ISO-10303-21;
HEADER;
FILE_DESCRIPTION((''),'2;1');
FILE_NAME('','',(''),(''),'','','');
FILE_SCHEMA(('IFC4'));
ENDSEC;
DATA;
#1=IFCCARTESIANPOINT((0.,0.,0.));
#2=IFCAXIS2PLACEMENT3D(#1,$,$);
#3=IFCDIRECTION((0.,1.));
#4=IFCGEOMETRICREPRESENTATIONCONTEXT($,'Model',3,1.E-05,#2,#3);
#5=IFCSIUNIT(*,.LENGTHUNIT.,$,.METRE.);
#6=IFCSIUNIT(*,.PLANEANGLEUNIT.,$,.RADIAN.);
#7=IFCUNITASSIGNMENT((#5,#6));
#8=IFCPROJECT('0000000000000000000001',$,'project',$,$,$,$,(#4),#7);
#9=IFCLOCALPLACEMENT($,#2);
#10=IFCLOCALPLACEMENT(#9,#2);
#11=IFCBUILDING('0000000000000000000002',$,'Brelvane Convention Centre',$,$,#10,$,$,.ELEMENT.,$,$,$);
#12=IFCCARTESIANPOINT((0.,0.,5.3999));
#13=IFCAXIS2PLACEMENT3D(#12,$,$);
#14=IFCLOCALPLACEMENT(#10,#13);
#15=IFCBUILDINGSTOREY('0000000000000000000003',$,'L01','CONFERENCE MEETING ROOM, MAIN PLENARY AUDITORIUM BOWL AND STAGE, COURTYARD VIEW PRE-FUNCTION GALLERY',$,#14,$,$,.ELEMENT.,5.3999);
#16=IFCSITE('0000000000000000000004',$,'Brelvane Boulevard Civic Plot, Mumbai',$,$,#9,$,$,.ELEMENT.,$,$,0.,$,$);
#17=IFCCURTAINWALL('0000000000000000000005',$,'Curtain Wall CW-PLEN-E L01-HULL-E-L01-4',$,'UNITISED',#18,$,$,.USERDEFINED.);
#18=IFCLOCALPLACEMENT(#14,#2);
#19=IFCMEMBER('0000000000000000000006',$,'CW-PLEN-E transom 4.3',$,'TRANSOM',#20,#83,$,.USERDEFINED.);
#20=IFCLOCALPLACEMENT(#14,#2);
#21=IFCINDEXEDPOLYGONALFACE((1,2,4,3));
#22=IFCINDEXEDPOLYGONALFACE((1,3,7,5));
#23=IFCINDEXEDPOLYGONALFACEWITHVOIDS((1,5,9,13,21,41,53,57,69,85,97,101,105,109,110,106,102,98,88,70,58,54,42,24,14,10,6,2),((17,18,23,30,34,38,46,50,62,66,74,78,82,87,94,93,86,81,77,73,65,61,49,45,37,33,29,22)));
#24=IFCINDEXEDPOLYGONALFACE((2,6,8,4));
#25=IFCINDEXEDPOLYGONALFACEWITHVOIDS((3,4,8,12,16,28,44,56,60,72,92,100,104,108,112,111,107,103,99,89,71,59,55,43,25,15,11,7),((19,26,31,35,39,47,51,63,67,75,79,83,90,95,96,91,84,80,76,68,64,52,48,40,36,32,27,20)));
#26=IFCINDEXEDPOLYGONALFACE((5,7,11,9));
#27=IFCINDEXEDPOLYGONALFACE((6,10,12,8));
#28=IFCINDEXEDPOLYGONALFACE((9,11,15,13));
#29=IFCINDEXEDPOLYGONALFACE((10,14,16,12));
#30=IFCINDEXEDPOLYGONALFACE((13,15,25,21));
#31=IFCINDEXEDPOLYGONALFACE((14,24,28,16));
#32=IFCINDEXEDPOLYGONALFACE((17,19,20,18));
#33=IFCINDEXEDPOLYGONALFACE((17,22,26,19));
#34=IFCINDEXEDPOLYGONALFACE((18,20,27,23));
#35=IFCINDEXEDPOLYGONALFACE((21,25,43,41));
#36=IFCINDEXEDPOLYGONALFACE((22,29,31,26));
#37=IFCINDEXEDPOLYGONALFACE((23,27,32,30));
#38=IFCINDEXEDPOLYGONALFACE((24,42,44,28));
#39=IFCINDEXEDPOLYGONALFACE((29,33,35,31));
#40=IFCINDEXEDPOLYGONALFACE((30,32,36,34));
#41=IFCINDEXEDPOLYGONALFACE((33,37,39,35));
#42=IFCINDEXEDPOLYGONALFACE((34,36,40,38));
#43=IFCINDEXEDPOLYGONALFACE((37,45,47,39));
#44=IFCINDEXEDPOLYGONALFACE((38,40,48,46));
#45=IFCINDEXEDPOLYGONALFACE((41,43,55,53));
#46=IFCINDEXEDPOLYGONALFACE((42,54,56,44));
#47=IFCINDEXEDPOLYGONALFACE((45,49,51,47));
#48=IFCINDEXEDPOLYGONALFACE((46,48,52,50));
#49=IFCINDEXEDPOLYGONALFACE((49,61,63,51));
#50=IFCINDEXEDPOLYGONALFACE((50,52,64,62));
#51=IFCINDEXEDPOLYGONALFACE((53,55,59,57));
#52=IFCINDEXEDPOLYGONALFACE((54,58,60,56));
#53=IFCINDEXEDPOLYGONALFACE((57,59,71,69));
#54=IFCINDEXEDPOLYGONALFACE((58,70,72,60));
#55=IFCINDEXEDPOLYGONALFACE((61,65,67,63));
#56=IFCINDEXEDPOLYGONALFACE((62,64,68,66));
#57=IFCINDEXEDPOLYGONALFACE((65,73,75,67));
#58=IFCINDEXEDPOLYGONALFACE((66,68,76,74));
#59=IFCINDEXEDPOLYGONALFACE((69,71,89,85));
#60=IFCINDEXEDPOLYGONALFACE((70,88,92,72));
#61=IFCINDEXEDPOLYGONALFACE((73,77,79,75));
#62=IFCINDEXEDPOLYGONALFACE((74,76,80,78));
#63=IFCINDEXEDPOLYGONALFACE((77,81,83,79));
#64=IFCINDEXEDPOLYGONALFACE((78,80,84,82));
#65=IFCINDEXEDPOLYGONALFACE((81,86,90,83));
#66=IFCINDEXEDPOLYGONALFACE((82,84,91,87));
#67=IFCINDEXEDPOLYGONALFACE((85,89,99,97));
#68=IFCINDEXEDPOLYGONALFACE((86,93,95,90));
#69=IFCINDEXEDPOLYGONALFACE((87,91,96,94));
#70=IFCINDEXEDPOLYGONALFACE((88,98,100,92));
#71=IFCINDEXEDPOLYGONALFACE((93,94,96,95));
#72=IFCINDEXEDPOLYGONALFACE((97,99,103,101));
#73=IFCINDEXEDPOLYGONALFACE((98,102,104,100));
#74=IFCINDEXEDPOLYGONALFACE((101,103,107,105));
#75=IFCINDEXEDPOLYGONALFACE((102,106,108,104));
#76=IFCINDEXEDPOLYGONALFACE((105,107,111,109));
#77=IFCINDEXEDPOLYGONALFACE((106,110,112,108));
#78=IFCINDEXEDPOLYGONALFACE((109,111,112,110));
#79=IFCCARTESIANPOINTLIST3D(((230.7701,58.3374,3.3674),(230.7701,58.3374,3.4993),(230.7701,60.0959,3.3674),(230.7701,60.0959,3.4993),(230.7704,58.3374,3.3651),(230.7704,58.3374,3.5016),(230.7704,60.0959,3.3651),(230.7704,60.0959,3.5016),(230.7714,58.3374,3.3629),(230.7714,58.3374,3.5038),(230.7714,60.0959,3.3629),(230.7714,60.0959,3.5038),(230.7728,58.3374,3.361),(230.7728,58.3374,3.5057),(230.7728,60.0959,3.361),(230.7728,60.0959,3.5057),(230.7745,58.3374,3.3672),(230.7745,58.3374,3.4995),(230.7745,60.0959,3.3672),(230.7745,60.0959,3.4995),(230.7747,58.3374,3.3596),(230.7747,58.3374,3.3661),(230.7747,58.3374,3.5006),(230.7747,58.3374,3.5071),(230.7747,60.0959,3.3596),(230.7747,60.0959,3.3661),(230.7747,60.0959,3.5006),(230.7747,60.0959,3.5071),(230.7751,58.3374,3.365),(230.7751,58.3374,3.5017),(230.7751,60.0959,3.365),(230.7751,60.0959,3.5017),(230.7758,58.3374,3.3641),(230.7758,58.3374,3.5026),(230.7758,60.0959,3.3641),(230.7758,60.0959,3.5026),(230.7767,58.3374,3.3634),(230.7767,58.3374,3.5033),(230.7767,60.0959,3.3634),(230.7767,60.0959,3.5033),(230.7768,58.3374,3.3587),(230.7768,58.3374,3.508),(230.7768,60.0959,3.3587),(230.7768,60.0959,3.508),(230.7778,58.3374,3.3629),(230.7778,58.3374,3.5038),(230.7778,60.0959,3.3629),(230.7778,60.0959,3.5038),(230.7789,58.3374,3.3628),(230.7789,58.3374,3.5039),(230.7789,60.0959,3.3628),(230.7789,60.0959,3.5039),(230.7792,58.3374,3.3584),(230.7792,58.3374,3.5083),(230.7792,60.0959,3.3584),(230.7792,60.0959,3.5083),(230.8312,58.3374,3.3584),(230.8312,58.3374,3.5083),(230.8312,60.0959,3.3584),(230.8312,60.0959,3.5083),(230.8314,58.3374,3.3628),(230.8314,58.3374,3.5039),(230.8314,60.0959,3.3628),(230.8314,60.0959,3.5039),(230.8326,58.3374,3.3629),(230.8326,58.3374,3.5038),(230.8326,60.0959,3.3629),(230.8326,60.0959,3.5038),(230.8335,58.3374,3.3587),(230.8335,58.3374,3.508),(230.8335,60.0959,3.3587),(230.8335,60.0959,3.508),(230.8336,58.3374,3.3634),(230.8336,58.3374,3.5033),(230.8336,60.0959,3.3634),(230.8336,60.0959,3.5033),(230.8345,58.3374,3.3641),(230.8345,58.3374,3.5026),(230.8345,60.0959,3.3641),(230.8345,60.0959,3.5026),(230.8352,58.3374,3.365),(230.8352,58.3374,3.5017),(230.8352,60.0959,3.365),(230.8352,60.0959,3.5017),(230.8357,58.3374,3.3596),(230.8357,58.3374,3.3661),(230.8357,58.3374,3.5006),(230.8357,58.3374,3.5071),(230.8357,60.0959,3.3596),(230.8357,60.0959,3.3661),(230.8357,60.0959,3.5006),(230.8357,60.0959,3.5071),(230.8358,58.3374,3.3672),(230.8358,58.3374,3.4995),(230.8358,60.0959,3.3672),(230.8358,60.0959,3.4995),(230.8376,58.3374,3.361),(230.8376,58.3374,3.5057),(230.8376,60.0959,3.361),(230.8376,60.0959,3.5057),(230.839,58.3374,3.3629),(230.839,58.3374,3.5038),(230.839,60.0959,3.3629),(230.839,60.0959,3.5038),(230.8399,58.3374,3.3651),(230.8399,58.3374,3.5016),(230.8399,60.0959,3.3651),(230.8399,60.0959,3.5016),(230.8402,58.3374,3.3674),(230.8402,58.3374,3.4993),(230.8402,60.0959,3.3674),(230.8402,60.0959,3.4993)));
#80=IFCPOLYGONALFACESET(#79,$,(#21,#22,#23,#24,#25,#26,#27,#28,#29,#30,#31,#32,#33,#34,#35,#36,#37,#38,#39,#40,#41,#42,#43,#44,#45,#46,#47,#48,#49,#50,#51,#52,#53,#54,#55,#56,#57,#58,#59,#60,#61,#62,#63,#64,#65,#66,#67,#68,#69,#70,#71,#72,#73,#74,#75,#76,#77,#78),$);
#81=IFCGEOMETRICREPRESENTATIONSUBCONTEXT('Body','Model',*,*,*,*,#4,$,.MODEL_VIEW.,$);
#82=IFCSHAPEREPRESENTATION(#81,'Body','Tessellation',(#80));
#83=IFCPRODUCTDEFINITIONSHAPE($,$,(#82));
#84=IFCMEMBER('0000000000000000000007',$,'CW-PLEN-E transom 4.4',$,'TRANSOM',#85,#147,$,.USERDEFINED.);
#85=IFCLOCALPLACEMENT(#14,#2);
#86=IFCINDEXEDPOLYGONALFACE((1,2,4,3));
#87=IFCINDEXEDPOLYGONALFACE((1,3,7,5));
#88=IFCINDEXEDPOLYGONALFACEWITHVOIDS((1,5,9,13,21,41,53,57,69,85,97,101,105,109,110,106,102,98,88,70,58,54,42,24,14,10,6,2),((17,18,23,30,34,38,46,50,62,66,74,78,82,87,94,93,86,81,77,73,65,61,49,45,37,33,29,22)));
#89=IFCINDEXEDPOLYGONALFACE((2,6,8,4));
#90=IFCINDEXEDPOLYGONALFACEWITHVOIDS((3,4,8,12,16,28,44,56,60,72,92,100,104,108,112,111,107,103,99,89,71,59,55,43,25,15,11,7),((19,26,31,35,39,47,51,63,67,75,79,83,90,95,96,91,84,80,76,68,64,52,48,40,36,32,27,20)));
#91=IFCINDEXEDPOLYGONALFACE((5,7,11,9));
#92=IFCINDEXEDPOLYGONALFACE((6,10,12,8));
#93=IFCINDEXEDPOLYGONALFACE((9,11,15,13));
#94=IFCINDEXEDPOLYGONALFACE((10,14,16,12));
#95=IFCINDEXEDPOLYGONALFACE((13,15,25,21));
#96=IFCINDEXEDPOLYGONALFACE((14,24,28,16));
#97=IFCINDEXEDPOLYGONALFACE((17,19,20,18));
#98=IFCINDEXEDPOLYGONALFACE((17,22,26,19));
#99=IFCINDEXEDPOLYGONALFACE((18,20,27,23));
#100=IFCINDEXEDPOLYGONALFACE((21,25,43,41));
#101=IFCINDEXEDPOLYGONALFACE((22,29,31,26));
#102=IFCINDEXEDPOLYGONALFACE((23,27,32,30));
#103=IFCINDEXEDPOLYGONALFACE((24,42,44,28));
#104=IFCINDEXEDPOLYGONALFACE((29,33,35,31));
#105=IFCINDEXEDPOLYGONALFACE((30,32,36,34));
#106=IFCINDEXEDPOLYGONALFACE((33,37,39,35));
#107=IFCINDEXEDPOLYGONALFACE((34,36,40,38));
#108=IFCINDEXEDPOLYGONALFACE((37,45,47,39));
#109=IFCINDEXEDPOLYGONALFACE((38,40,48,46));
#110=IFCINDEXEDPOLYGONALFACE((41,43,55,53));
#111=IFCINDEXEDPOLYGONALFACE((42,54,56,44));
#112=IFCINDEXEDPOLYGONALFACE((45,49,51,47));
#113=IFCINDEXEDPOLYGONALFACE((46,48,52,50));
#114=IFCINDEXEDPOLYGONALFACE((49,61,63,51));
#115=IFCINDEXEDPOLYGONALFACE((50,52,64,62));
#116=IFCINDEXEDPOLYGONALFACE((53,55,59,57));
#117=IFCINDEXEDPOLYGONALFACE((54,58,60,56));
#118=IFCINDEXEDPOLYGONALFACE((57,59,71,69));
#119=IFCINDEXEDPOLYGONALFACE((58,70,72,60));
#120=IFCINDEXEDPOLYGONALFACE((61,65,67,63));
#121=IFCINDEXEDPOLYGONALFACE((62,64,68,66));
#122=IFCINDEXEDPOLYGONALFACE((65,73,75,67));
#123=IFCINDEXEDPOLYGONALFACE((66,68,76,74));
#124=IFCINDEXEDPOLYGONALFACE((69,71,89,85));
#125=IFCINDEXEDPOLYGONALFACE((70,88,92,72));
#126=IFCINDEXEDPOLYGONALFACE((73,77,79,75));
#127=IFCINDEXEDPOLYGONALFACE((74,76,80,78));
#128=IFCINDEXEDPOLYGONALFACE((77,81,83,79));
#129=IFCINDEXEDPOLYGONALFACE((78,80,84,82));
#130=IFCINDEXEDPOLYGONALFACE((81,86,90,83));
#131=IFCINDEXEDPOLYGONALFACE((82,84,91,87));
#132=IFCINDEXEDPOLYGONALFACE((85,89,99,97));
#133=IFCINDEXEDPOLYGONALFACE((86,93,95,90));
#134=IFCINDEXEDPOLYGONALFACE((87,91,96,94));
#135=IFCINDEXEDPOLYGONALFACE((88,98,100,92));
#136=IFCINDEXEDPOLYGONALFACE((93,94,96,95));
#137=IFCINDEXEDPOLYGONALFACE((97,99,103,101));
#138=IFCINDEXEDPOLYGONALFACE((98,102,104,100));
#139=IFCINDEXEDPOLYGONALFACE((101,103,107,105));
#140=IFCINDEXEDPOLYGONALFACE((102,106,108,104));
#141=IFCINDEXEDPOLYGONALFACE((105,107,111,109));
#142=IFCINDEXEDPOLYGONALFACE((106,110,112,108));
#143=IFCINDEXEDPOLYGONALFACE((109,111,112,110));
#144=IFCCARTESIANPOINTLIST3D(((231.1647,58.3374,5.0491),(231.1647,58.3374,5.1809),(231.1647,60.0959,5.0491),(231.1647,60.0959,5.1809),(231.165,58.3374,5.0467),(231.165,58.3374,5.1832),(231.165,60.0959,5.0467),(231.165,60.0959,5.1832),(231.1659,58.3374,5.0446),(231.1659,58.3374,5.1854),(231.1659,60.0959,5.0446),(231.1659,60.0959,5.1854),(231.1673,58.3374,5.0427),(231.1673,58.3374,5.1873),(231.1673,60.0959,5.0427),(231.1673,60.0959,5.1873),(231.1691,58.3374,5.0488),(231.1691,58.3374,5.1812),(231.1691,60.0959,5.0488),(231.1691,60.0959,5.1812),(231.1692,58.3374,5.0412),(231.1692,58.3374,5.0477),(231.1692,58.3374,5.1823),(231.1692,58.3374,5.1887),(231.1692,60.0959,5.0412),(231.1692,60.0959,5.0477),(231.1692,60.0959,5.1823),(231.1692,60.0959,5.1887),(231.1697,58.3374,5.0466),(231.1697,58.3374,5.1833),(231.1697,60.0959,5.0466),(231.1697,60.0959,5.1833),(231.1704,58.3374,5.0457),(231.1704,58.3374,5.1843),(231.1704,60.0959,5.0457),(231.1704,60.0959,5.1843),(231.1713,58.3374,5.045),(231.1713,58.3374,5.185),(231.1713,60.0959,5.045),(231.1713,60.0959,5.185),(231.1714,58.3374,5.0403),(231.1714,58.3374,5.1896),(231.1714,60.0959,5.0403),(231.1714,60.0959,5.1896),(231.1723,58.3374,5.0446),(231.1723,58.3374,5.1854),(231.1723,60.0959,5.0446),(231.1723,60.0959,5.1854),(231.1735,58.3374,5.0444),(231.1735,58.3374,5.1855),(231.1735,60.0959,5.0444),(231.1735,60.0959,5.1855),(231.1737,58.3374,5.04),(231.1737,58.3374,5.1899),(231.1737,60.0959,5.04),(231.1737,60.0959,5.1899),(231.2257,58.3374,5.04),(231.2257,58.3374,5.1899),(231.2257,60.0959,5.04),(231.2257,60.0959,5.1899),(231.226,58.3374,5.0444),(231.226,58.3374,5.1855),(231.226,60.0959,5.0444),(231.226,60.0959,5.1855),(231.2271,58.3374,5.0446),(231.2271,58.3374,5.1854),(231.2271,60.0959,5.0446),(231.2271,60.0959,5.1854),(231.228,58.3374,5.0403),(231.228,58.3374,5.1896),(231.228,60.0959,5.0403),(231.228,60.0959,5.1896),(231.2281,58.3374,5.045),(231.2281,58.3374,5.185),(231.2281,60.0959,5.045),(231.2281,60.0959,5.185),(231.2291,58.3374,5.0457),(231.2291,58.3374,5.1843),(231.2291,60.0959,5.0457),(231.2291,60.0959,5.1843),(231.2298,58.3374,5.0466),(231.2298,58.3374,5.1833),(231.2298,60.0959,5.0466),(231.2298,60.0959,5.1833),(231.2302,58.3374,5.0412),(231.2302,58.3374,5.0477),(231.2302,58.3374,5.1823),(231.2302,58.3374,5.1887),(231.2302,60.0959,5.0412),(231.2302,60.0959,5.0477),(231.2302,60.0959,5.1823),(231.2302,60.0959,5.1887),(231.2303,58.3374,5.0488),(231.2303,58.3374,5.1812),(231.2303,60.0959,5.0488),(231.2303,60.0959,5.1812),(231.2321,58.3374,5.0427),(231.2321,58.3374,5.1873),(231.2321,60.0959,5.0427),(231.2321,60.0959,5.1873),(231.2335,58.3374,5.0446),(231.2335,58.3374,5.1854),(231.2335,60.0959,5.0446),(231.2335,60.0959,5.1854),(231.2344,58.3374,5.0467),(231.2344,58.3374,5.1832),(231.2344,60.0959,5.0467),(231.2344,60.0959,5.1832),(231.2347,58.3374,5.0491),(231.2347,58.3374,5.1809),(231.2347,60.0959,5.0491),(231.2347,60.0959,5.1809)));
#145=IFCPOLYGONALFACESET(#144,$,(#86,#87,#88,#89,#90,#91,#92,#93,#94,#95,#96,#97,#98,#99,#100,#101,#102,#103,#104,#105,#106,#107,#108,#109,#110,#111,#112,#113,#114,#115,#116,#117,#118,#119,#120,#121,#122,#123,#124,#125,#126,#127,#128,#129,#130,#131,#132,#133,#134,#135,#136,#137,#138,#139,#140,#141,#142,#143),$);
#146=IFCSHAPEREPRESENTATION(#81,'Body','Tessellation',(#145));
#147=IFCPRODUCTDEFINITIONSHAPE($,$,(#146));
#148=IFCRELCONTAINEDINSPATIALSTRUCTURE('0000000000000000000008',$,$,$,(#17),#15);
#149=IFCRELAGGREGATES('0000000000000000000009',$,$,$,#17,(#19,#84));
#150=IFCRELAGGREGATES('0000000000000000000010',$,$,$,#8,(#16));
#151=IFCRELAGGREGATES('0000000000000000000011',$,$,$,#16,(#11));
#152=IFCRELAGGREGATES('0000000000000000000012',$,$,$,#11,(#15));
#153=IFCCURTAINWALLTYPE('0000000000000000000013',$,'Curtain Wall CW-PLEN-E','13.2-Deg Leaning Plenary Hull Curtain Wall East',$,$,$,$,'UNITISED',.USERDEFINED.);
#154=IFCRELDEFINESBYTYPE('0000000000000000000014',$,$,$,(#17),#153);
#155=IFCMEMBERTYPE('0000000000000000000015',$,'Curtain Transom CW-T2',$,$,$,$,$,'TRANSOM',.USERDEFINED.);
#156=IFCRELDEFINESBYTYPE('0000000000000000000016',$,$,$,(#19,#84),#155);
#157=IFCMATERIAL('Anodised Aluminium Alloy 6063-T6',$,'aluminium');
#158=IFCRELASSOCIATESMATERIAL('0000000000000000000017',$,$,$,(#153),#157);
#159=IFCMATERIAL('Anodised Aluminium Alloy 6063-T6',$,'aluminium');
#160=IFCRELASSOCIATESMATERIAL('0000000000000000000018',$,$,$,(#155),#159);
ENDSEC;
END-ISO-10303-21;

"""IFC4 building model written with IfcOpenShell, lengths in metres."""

from ifc_helpers import new_model, si_unit, direction, frame, origin, origin_2d, place, context, subcontext, project, spatial, hollow_rectangle, extrude, material, material_profile, profile_set, type_object, element, aggregate, save


model = new_model("IFC4")

# Units and contexts
model_context = context("Model", 3, precision=1e-05, world=origin(), true_north=direction((0.0, 1.0)))
body_context = subcontext(model_context, "Body", "Model", "MODEL_VIEW")
ifc_project = project(units=[si_unit("LENGTHUNIT", "METRE"), si_unit("PLANEANGLEUNIT", "RADIAN")], contexts=[model_context])

# Site, building, storey
site_placement = place(None, origin())
site = spatial("IfcSite", under=ifc_project, at=site_placement, Name="Brelvane Boulevard Civic Plot, Mumbai", CompositionType="ELEMENT", RefElevation=0.0)
building_placement = place(site_placement, origin())
building = spatial("IfcBuilding", under=site, at=building_placement, Name="Brelvane Convention Centre", CompositionType="ELEMENT")
storey_placement = place(building_placement, frame((0.0, 0.0, 5.3999)))
storey = spatial("IfcBuildingStorey", under=building, at=storey_placement, Name="L01", Description="CONFERENCE MEETING ROOM, MAIN PLENARY AUDITORIUM BOWL AND STAGE, COURTYARD VIEW PRE-FUNCTION GALLERY", CompositionType="ELEMENT", Elevation=5.3999)

# Curtain wall, members
ifc_material_1 = material(Name="Anodised Aluminium Alloy 6063-T6", Category="aluminium")
curtain_wall_type = type_object("IfcCurtainWallType", Name="Curtain Wall CW-PLEN-E", Description="13.2-Deg Leaning Plenary Hull Curtain Wall East", ElementType="UNITISED", PredefinedType="USERDEFINED", material=ifc_material_1)
curtain_wall_1_placement = place(storey_placement, origin())
curtain_wall_1 = element("IfcCurtainWall", 1, at=curtain_wall_1_placement, inside=storey, type_object=curtain_wall_type, Name="Curtain Wall CW-PLEN-E L01-HULL-E-L01-4", ObjectType="UNITISED", PredefinedType="USERDEFINED")
ifc_material_2 = material(Name="Anodised Aluminium Alloy 6063-T6", Category="aluminium")
ifc_material_profile = material_profile(ifc_material_2, hollow_rectangle(XDim=0.0701, YDim=0.1499, WallThickness=0.0044, InnerFilletRadius=0.0044, OuterFilletRadius=0.009, at=origin_2d()), Name="ALU-T 150x70x4.5")
ifc_profile_set = profile_set([ifc_material_profile], Name="Anodised Aluminium Alloy 6063-T6")
member_type = type_object("IfcMemberType", Name="Curtain Transom CW-T2", ElementType="TRANSOM", PredefinedType="USERDEFINED", material=ifc_profile_set)
member_1_placement = place(storey_placement, frame((230.8052, 58.3374, 3.4333), z_axis=(0.0, 1.0, 0.0), x_axis=(-1.0, 0.0, 0.0)))
member_1 = element("IfcMember", 2, at=member_1_placement, type_object=member_type, Name="CW-PLEN-E transom 4.3", ObjectType="TRANSOM", PredefinedType="USERDEFINED", context=body_context, shape_type="SweptSolid", body=[
    extrude(hollow_rectangle(XDim=0.0701, YDim=0.1499, WallThickness=0.0044, InnerFilletRadius=0.0044, OuterFilletRadius=0.009, at=origin_2d()), origin(), (0.0, 0.0, 1.0), 1.7585),
])
member_2_placement = place(storey_placement, frame((231.1997, 58.3374, 5.115), z_axis=(0.0, 1.0, 0.0), x_axis=(-1.0, 0.0, 0.0)))
member_2 = element("IfcMember", 3, at=member_2_placement, type_object=member_type, Name="CW-PLEN-E transom 4.4", ObjectType="TRANSOM", PredefinedType="USERDEFINED", context=body_context, shape_type="SweptSolid", body=[
    extrude(hollow_rectangle(XDim=0.0701, YDim=0.1499, WallThickness=0.0044, InnerFilletRadius=0.0044, OuterFilletRadius=0.009, at=origin_2d()), origin(), (0.0, 0.0, 1.0), 1.7585),
])
aggregate(curtain_wall_1, [member_1, member_2])

save(model, "model.ifc")
